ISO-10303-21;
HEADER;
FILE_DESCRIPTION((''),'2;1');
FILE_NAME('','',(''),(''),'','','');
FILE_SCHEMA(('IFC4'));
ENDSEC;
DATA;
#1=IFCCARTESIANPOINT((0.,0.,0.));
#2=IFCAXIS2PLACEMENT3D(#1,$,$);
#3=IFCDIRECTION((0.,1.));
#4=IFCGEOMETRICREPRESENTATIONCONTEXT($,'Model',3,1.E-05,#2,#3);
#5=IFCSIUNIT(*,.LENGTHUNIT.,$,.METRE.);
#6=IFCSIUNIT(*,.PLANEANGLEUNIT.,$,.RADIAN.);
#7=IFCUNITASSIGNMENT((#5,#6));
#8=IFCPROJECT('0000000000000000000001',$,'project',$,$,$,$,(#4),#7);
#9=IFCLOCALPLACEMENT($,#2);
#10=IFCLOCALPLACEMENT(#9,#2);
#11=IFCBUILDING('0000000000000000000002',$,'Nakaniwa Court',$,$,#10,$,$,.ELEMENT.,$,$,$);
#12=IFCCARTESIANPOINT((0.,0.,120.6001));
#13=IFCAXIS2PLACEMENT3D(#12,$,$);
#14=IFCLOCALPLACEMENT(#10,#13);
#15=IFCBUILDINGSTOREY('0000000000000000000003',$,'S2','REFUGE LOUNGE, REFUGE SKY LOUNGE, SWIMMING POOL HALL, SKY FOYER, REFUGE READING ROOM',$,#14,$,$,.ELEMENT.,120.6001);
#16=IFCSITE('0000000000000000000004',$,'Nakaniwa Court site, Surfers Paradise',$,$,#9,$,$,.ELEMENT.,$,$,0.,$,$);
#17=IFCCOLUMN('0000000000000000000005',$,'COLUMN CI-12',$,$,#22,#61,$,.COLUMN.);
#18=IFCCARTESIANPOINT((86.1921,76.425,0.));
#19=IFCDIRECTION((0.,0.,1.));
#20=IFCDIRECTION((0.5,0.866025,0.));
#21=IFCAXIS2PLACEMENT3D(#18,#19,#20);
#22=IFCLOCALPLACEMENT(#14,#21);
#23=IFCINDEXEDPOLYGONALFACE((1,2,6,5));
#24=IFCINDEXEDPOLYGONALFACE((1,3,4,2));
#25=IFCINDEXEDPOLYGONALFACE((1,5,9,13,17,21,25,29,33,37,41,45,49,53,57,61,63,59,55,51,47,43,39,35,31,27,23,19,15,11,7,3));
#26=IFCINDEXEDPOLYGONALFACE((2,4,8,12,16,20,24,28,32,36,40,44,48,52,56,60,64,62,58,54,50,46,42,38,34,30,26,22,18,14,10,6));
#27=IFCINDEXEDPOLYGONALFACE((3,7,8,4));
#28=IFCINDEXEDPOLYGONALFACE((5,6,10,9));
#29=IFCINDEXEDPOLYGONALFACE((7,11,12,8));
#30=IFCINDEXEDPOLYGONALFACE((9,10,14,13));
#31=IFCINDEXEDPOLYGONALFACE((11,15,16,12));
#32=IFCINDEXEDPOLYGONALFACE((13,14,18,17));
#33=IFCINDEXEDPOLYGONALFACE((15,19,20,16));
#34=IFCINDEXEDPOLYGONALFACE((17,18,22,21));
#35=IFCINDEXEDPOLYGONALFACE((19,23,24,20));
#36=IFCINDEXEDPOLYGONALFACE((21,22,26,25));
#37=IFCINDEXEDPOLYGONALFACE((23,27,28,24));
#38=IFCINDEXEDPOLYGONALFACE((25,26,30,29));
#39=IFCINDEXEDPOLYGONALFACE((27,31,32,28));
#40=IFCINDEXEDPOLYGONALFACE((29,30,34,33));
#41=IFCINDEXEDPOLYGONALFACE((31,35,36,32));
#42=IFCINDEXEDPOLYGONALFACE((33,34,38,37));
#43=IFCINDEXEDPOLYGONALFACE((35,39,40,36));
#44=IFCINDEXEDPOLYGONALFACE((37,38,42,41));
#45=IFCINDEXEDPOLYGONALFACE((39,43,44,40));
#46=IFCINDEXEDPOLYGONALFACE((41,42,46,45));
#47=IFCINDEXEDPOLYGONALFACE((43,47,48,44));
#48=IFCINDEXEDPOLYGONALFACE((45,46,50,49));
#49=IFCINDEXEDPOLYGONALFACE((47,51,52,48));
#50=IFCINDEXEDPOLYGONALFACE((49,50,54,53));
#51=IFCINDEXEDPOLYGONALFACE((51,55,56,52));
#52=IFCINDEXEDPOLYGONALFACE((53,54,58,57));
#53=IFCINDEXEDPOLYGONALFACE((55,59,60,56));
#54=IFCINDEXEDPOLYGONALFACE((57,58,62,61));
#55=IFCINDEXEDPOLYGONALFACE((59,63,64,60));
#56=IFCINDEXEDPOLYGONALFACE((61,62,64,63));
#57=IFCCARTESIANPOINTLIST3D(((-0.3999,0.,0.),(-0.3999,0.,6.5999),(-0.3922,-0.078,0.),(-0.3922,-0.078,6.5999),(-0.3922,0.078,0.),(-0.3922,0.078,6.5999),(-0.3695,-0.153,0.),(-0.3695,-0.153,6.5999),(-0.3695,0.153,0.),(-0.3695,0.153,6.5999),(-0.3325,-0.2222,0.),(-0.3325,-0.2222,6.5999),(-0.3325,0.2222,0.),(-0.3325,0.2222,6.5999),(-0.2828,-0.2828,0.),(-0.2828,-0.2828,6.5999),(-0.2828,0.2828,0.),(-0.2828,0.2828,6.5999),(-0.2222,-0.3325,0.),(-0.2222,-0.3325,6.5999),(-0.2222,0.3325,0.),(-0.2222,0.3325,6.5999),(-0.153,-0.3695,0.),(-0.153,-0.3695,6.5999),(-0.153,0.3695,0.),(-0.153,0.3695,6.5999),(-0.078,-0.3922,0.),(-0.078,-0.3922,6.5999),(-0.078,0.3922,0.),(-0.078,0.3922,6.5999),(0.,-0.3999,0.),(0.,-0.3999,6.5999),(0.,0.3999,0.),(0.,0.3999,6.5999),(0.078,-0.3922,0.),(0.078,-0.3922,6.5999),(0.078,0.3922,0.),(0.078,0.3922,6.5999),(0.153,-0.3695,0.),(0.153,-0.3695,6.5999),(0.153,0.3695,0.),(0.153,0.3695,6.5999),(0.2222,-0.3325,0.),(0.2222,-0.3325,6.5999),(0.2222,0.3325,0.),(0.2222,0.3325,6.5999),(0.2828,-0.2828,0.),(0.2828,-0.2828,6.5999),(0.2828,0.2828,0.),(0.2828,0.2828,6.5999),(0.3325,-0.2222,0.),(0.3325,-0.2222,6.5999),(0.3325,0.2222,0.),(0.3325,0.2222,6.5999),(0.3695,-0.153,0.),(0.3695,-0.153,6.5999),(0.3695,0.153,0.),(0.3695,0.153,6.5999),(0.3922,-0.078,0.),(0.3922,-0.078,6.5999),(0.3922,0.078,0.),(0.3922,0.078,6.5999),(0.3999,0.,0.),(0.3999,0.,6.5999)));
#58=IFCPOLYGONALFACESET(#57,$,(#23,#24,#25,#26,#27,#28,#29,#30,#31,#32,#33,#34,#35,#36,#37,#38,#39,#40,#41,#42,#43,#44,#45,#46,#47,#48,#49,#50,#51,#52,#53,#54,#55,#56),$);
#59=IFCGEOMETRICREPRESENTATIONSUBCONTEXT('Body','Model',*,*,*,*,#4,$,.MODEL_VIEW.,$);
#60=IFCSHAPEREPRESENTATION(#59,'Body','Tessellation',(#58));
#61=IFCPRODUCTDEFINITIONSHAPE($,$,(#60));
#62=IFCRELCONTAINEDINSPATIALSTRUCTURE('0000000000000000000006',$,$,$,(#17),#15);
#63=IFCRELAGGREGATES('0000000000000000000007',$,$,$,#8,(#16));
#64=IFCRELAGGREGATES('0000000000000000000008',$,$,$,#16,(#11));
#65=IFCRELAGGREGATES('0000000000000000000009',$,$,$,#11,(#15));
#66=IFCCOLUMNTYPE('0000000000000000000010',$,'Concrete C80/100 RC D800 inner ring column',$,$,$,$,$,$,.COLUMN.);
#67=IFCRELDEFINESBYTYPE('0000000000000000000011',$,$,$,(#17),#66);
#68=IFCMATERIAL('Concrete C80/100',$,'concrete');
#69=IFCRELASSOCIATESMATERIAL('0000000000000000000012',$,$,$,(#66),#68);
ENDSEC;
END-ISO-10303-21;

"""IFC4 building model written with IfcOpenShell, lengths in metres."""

from ifc_helpers import new_model, si_unit, direction, frame, origin, origin_2d, place, context, subcontext, project, spatial, circle, extrude, material, material_profile, profile_set, type_object, element, save


model = new_model("IFC4")

# Units and contexts
model_context = context("Model", 3, precision=1e-05, world=origin(), true_north=direction((0.0, 1.0)))
body_context = subcontext(model_context, "Body", "Model", "MODEL_VIEW")
ifc_project = project(units=[si_unit("LENGTHUNIT", "METRE"), si_unit("PLANEANGLEUNIT", "RADIAN")], contexts=[model_context])

# Site, building, storey
site_placement = place(None, origin())
site = spatial("IfcSite", under=ifc_project, at=site_placement, Name="Nakaniwa Court site, Surfers Paradise", CompositionType="ELEMENT", RefElevation=0.0)
building_placement = place(site_placement, origin())
building = spatial("IfcBuilding", under=site, at=building_placement, Name="Nakaniwa Court", CompositionType="ELEMENT")
storey_placement = place(building_placement, frame((0.0, 0.0, 120.6001)))
storey = spatial("IfcBuildingStorey", under=building, at=storey_placement, Name="S2", Description="REFUGE LOUNGE, REFUGE SKY LOUNGE, SWIMMING POOL HALL, SKY FOYER, REFUGE READING ROOM", CompositionType="ELEMENT", Elevation=120.6001)

# Column
ifc_material_1 = material(Name="Concrete C80/100", Category="concrete")
ifc_material_profile_1 = material_profile(ifc_material_1, circle(Radius=0.3999, at=origin_2d()), Name="Concrete C80/100 RC D800 inner ring column")
ifc_profile_set_1 = profile_set([ifc_material_profile_1], Name="Concrete C80/100")
column_type_1 = type_object("IfcColumnType", Name="Concrete C80/100 RC D800 inner ring column", PredefinedType="COLUMN", material=ifc_profile_set_1)
for number, where, z_axis, x_axis, name in (
    (1, (86.1921, 76.425, 0.0), (0.0, 0.0, 1.0), (0.5, 0.866025, 0.0), "COLUMN CI-12"),
):
    element("IfcColumn", number, at=place(storey_placement, frame(where, z_axis=z_axis, x_axis=x_axis)), inside=storey, type_object=column_type_1, Name=name, PredefinedType="COLUMN", context=body_context, shape_type="SweptSolid", body=[
        extrude(circle(Radius=0.3999, at=origin_2d()), origin(), (0.0, 0.0, 1.0), 6.5999),
    ])

save(model, "model.ifc")
